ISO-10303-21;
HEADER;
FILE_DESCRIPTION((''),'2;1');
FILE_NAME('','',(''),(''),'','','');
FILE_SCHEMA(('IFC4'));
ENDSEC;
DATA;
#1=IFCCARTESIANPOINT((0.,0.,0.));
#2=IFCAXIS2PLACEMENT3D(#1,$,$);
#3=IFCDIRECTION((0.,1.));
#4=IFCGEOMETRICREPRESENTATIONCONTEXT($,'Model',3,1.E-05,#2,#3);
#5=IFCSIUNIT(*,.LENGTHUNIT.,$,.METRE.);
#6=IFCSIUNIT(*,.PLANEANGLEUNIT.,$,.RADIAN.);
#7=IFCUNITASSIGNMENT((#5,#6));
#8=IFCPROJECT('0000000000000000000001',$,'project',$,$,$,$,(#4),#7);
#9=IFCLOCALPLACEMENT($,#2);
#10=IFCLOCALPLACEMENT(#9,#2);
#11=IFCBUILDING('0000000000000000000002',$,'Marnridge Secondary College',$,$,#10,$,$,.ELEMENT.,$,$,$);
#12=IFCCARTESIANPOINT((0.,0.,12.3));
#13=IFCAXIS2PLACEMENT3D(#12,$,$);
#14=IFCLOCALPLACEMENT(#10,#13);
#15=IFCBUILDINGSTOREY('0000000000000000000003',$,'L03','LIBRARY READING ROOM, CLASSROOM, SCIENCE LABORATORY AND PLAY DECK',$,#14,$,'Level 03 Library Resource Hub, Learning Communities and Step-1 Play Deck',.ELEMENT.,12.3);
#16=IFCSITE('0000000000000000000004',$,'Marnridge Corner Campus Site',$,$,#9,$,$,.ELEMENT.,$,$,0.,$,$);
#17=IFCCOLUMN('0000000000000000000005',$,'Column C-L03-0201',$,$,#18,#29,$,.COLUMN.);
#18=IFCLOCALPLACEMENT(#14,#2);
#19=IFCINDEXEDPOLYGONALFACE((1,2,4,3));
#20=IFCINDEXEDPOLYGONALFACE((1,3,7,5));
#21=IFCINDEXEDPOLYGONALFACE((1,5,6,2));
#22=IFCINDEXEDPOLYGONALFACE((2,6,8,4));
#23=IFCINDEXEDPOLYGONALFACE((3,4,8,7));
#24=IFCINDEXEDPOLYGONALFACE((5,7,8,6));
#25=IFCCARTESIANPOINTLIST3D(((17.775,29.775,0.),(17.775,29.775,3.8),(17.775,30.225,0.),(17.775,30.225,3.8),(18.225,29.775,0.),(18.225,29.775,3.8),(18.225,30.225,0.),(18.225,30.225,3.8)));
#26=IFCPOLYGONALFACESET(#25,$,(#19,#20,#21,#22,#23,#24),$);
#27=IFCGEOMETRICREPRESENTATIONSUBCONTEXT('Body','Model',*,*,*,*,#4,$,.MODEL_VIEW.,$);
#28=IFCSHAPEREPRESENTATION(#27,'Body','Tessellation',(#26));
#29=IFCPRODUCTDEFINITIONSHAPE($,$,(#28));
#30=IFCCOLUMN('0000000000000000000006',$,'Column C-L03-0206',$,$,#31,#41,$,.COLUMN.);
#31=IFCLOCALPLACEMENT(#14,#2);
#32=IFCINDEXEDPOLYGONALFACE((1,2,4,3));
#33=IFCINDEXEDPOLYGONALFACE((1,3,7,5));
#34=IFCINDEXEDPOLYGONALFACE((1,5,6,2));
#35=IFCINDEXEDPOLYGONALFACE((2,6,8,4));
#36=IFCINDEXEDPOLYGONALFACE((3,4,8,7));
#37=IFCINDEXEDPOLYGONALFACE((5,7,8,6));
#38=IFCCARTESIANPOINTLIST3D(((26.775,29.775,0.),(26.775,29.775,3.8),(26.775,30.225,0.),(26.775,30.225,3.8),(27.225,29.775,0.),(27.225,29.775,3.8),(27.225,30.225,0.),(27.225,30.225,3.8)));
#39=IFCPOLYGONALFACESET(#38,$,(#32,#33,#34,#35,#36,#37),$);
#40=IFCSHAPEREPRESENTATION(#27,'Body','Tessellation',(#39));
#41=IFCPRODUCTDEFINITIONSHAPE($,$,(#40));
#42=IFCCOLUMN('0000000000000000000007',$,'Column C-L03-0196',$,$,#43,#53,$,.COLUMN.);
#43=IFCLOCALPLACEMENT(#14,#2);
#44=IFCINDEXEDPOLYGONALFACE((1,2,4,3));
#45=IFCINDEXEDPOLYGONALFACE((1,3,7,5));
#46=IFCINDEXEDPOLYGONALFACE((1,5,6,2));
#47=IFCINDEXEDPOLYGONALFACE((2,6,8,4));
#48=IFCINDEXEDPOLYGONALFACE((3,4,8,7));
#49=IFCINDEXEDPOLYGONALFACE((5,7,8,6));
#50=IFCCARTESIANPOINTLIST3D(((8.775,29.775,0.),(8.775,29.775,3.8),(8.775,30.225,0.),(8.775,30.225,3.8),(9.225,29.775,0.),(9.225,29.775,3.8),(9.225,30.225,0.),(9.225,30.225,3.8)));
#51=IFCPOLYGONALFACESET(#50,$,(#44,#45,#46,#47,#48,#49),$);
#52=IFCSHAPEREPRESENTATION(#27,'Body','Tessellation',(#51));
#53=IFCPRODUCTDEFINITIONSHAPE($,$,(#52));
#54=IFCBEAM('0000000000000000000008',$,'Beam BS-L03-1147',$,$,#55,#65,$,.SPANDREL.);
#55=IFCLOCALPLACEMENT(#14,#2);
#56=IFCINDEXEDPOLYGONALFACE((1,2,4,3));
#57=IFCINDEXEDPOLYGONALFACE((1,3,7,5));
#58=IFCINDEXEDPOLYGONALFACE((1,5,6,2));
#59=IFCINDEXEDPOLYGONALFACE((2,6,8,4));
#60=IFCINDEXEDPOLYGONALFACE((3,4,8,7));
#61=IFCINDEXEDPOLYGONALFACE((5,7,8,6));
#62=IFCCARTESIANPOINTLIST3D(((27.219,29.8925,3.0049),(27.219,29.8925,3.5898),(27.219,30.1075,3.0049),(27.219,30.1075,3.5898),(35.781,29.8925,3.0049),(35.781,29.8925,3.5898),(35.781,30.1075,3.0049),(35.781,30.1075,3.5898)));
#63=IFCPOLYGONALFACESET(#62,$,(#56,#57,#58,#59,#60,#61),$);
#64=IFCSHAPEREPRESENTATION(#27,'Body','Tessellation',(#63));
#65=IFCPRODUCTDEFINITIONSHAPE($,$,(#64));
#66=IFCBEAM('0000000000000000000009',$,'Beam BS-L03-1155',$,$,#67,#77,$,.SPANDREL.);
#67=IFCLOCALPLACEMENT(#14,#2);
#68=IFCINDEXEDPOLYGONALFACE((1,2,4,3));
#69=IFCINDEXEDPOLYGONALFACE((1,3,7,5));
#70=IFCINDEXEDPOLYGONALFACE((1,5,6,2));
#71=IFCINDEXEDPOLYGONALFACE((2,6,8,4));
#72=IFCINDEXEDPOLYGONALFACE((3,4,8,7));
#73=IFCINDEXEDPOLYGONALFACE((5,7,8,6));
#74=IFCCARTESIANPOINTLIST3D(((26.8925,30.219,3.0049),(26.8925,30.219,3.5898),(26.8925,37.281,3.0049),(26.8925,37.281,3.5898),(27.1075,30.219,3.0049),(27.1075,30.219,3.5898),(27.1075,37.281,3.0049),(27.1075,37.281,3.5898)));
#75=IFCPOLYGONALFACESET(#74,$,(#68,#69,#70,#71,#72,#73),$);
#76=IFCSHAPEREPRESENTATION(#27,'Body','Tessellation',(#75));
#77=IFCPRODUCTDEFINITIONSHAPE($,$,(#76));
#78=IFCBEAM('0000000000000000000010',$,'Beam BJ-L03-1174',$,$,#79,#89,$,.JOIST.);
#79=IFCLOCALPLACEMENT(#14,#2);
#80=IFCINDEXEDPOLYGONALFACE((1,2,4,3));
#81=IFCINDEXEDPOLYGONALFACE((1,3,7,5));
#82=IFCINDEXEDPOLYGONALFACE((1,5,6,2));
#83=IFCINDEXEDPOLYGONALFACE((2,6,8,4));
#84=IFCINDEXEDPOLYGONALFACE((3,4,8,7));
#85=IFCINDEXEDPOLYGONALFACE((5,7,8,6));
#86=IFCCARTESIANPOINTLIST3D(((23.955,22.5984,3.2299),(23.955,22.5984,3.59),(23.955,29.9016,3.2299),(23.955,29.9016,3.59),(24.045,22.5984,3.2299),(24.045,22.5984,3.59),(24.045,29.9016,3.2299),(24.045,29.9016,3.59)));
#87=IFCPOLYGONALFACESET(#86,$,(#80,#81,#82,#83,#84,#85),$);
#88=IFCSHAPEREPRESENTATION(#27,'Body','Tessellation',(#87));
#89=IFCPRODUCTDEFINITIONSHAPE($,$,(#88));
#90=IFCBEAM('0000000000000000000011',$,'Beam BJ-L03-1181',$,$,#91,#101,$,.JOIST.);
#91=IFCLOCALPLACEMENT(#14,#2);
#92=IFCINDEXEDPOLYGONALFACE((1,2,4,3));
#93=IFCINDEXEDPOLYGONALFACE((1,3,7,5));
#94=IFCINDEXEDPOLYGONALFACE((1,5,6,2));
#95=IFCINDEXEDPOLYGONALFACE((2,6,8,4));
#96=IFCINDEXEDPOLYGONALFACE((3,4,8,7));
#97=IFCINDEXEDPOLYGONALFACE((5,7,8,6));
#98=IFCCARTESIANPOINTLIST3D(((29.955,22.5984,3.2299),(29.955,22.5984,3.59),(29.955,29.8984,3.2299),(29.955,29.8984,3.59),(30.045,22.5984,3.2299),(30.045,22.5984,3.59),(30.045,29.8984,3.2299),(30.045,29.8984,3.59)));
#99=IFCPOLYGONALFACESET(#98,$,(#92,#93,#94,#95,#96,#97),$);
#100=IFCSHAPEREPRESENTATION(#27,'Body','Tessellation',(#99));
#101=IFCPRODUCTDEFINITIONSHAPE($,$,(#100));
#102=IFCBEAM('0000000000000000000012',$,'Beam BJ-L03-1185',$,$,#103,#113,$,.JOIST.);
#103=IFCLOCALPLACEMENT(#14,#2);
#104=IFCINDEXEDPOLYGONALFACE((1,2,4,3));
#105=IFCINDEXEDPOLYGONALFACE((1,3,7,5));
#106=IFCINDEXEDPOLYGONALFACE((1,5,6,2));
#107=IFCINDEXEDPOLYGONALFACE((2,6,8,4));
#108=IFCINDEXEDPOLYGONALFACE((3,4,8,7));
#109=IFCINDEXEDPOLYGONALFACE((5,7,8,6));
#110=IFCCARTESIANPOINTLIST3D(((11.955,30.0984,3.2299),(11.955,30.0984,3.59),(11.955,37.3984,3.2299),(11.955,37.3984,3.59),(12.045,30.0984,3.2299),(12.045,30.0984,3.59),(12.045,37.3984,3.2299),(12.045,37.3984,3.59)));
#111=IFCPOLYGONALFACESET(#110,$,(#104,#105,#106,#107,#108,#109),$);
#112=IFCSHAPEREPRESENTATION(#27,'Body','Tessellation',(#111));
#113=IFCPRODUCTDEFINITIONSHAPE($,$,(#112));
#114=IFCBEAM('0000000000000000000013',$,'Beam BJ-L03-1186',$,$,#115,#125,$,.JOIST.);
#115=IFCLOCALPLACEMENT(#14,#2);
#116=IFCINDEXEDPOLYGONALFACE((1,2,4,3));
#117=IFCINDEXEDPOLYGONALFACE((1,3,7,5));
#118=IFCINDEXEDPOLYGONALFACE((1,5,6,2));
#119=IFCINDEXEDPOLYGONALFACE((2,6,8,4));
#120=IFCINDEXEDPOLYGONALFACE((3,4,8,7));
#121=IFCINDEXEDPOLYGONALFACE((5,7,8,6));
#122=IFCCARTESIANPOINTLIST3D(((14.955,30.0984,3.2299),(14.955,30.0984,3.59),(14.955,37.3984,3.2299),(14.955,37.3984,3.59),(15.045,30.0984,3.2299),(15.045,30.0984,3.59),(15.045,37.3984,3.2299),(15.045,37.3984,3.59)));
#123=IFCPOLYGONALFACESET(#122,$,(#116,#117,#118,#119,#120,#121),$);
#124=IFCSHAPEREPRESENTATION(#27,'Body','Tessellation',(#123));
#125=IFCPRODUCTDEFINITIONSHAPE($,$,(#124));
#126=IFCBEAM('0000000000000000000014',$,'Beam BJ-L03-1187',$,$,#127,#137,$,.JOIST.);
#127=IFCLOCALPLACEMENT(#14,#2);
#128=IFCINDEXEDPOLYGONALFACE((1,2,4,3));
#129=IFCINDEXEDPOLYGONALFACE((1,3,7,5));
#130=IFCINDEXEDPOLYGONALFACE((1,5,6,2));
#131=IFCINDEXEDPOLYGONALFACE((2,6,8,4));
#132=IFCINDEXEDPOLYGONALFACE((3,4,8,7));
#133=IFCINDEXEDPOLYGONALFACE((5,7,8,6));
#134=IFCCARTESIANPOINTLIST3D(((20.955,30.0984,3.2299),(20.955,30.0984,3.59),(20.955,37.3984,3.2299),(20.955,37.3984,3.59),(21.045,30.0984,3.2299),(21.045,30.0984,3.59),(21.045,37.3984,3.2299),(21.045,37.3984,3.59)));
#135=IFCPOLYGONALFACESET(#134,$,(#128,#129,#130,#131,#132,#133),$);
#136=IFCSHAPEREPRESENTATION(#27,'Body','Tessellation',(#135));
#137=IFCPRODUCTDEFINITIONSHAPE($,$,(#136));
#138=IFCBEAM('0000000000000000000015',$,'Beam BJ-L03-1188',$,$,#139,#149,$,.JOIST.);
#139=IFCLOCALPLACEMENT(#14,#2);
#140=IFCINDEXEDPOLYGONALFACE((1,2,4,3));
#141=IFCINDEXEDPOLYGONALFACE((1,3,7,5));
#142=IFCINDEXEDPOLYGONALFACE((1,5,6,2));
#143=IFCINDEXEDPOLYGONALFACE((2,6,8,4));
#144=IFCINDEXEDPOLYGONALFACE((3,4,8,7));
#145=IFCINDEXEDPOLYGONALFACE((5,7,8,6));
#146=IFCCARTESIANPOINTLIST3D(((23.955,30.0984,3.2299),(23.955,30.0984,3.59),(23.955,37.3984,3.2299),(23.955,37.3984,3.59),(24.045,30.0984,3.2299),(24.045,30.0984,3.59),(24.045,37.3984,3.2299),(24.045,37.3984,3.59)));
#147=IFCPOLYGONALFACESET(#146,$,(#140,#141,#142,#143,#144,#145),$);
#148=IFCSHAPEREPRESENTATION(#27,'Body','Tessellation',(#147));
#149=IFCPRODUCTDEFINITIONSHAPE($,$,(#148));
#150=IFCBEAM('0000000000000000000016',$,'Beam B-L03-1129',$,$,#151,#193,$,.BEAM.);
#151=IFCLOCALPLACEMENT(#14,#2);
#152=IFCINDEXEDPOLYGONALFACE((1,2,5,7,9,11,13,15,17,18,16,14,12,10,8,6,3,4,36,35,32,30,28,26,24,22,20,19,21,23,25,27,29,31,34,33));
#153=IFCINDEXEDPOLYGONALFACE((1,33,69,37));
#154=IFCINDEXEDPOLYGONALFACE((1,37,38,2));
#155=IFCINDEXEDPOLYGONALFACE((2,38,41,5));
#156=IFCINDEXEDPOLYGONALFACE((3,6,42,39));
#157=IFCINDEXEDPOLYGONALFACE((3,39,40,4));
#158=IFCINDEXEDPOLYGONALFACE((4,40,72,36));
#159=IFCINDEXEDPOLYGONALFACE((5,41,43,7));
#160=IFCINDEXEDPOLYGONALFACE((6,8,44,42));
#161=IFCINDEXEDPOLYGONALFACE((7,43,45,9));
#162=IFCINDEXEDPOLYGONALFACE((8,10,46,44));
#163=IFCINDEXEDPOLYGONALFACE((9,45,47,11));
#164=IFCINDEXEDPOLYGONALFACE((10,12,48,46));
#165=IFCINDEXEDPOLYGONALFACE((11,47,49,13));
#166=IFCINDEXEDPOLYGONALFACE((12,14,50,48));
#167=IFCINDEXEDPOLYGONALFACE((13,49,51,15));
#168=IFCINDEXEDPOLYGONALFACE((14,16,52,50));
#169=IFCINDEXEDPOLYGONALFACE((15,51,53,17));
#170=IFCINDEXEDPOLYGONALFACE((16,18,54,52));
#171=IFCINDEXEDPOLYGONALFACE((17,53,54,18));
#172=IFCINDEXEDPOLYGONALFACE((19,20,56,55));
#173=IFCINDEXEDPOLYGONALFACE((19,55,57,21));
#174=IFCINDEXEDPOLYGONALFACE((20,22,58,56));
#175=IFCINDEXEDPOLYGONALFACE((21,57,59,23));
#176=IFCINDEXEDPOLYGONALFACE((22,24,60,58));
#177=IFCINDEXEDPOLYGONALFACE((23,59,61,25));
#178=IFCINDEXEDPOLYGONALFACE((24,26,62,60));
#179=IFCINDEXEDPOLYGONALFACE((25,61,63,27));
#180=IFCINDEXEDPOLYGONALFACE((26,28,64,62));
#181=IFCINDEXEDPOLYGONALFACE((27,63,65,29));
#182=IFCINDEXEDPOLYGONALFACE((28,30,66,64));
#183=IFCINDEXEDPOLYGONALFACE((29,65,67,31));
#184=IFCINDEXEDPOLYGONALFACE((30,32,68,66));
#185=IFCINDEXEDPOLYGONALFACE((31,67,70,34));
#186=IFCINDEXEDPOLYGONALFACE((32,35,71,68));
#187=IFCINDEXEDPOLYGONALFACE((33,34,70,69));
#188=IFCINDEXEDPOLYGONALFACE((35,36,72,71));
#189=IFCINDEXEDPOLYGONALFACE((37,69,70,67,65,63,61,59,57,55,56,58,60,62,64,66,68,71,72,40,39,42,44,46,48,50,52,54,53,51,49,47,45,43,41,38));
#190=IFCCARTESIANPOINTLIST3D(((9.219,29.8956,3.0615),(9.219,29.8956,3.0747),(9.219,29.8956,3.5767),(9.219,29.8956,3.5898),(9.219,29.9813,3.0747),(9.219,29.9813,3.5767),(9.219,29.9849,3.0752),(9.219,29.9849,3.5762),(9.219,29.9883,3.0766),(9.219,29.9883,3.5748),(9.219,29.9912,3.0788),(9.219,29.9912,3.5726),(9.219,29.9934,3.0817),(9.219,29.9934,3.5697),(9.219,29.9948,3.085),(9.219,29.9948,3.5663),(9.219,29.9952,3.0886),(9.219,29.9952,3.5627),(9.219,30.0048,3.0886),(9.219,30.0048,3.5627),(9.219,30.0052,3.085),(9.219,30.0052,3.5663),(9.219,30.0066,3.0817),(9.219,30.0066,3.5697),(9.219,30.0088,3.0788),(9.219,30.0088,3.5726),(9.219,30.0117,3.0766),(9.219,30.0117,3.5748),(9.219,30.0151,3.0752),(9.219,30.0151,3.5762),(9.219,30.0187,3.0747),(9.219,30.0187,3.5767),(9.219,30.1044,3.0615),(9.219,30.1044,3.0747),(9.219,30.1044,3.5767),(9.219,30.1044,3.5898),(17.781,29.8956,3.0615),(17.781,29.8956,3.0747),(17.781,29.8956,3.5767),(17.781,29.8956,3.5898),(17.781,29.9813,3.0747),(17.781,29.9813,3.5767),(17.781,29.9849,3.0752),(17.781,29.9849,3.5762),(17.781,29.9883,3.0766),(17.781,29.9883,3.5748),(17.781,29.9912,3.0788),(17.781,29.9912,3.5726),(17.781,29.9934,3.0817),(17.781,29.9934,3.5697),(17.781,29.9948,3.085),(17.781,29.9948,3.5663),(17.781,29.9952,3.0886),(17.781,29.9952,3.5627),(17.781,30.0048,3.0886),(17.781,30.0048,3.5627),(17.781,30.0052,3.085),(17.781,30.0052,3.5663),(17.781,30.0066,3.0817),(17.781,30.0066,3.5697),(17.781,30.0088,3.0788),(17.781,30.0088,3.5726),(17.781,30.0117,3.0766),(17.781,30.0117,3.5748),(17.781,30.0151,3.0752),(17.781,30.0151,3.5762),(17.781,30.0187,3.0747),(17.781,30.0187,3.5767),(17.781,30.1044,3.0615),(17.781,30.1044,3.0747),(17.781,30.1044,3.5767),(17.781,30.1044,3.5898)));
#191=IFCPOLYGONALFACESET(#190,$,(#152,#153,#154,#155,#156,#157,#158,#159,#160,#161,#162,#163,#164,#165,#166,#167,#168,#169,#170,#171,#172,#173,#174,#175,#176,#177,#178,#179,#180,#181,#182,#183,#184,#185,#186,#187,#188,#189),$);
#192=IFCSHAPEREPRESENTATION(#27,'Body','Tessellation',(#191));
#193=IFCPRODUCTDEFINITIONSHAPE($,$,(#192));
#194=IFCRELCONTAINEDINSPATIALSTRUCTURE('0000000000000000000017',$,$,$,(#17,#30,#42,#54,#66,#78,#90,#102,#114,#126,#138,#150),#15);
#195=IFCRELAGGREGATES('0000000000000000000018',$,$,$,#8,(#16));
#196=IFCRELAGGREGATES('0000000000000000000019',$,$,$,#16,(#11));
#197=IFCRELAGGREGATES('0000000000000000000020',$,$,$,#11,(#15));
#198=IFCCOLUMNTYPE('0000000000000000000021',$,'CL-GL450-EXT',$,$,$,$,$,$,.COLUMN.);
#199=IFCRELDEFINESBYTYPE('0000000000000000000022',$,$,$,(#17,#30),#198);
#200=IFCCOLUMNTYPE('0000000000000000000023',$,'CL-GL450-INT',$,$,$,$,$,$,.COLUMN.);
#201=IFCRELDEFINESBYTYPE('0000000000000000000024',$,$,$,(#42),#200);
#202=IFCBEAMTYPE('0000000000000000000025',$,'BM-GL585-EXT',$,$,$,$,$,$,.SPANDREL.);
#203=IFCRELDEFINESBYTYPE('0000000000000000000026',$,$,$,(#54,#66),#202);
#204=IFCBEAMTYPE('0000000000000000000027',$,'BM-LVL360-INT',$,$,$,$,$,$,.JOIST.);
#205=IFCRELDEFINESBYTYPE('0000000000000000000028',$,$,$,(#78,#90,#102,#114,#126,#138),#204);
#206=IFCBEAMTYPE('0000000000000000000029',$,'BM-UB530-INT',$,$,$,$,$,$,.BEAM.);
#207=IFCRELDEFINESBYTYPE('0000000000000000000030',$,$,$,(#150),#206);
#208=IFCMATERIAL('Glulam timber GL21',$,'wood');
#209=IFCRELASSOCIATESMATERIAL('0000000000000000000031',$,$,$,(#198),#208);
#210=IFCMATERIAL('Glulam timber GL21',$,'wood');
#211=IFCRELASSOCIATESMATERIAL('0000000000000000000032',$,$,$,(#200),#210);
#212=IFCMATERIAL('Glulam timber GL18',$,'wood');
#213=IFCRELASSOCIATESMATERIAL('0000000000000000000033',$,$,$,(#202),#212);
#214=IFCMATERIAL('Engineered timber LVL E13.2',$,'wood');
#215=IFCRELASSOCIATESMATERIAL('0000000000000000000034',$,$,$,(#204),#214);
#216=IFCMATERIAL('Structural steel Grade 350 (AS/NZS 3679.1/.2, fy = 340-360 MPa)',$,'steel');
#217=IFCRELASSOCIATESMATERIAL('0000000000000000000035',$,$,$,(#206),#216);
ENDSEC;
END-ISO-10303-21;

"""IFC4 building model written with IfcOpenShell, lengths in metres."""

from ifc_helpers import new_model, si_unit, direction, frame, origin, origin_2d, place, context, subcontext, project, spatial, rectangle, i_section, extrude, material, material_profile, profile_set, type_object, element, save


model = new_model("IFC4")

# Units and contexts
model_context = context("Model", 3, precision=1e-05, world=origin(), true_north=direction((0.0, 1.0)))
body_context = subcontext(model_context, "Body", "Model", "MODEL_VIEW")
ifc_project = project(units=[si_unit("LENGTHUNIT", "METRE"), si_unit("PLANEANGLEUNIT", "RADIAN")], contexts=[model_context])

# Site, building, storey
site_placement = place(None, origin())
site = spatial("IfcSite", under=ifc_project, at=site_placement, Name="Marnridge Corner Campus Site", CompositionType="ELEMENT", RefElevation=0.0)
building_placement = place(site_placement, origin())
building = spatial("IfcBuilding", under=site, at=building_placement, Name="Marnridge Secondary College", CompositionType="ELEMENT")
storey_placement = place(building_placement, frame((0.0, 0.0, 12.3)))
storey = spatial("IfcBuildingStorey", under=building, at=storey_placement, Name="L03", Description="LIBRARY READING ROOM, CLASSROOM, SCIENCE LABORATORY AND PLAY DECK", LongName="Level 03 Library Resource Hub, Learning Communities and Step-1 Play Deck", CompositionType="ELEMENT", Elevation=12.3)

# Columns
ifc_material_1 = material(Name="Glulam timber GL21", Category="wood")
ifc_material_profile_1 = material_profile(ifc_material_1, rectangle(XDim=0.45, YDim=0.45, at=origin_2d()), Name="GL21 450x450")
ifc_profile_set_1 = profile_set([ifc_material_profile_1], Name="Glulam timber GL21")
column_type_1 = type_object("IfcColumnType", Name="CL-GL450-EXT", PredefinedType="COLUMN", material=ifc_profile_set_1)
for number, where, z_axis, x_axis, name in (
    (1, (18.0, 30.0, 0.0), (0.0, 0.0, 1.0), (1.0, 0.0, 0.0), "Column C-L03-0201"),
    (2, (27.0, 30.0, 0.0), (0.0, 0.0, 1.0), (1.0, 0.0, 0.0), "Column C-L03-0206"),
):
    element("IfcColumn", number, at=place(storey_placement, frame(where, z_axis=z_axis, x_axis=x_axis)), inside=storey, type_object=column_type_1, Name=name, PredefinedType="COLUMN", context=body_context, shape_type="SweptSolid", body=[
        extrude(rectangle(XDim=0.45, YDim=0.45, at=origin_2d()), origin(), (0.0, 0.0, 1.0), 3.8),
    ])
ifc_material_2 = material(Name="Glulam timber GL21", Category="wood")
ifc_material_profile_2 = material_profile(ifc_material_2, rectangle(XDim=0.45, YDim=0.45, at=origin_2d()), Name="GL21 450x450")
ifc_profile_set_2 = profile_set([ifc_material_profile_2], Name="Glulam timber GL21")
column_type_2 = type_object("IfcColumnType", Name="CL-GL450-INT", PredefinedType="COLUMN", material=ifc_profile_set_2)
column_placement = place(storey_placement, frame((9.0, 30.0, 0.0), z_axis=(0.0, 0.0, 1.0), x_axis=(1.0, 0.0, 0.0)))
element("IfcColumn", 3, at=column_placement, inside=storey, type_object=column_type_2, Name="Column C-L03-0196", PredefinedType="COLUMN", context=body_context, shape_type="SweptSolid", body=[
    extrude(rectangle(XDim=0.45, YDim=0.45, at=origin_2d()), origin(), (0.0, 0.0, 1.0), 3.8),
])

# Beams
ifc_material_3 = material(Name="Glulam timber GL18", Category="wood")
ifc_material_profile_3 = material_profile(ifc_material_3, rectangle(XDim=0.2151, YDim=0.585, at=origin_2d()), Name="GL18 215x585")
ifc_profile_set_3 = profile_set([ifc_material_profile_3], Name="Glulam timber GL18")
beam_type_1 = type_object("IfcBeamType", Name="BM-GL585-EXT", PredefinedType="SPANDREL", material=ifc_profile_set_3)
beam_1_placement = place(storey_placement, frame((27.219, 30.0, 3.2974), z_axis=(1.0, 0.0, 0.0), x_axis=(0.0, 1.0, 0.0)))
element("IfcBeam", 4, at=beam_1_placement, inside=storey, type_object=beam_type_1, Name="Beam BS-L03-1147", PredefinedType="SPANDREL", context=body_context, shape_type="SweptSolid", body=[
    extrude(rectangle(XDim=0.2151, YDim=0.585, at=origin_2d()), origin(), (0.0, 0.0, 1.0), 8.562),
])
beam_2_placement = place(storey_placement, frame((27.0, 30.219, 3.2974), z_axis=(0.0, 1.0, 0.0), x_axis=(-1.0, 0.0, 0.0)))
element("IfcBeam", 5, at=beam_2_placement, inside=storey, type_object=beam_type_1, Name="Beam BS-L03-1155", PredefinedType="SPANDREL", context=body_context, shape_type="SweptSolid", body=[
    extrude(rectangle(XDim=0.2151, YDim=0.585, at=origin_2d()), origin(), (0.0, 0.0, 1.0), 7.062),
])
ifc_material_4 = material(Name="Engineered timber LVL E13.2", Category="wood")
ifc_material_profile_4 = material_profile(ifc_material_4, rectangle(XDim=0.0901, YDim=0.3601, at=origin_2d()), Name="LVL 90x360")
ifc_profile_set_4 = profile_set([ifc_material_profile_4], Name="Engineered timber LVL E13.2")
beam_type_2 = type_object("IfcBeamType", Name="BM-LVL360-INT", PredefinedType="JOIST", material=ifc_profile_set_4)
beam_3_placement = place(storey_placement, frame((24.0, 22.5984, 3.4099), z_axis=(0.0, 1.0, 0.0), x_axis=(-1.0, 0.0, 0.0)))
element("IfcBeam", 6, at=beam_3_placement, inside=storey, type_object=beam_type_2, Name="Beam BJ-L03-1174", PredefinedType="JOIST", context=body_context, shape_type="SweptSolid", body=[
    extrude(rectangle(XDim=0.0901, YDim=0.3601, at=origin_2d()), origin(), (0.0, 0.0, 1.0), 7.3032),
])
for number, where, z_axis, x_axis, name in (
    (7, (30.0, 22.5984, 3.4099), (0.0, 1.0, 0.0), (-1.0, 0.0, 0.0), "Beam BJ-L03-1181"),
    (8, (12.0, 30.0984, 3.4099), (0.0, 1.0, 0.0), (-1.0, 0.0, 0.0), "Beam BJ-L03-1185"),
    (9, (15.0, 30.0984, 3.4099), (0.0, 1.0, 0.0), (-1.0, 0.0, 0.0), "Beam BJ-L03-1186"),
    (10, (21.0, 30.0984, 3.4099), (0.0, 1.0, 0.0), (-1.0, 0.0, 0.0), "Beam BJ-L03-1187"),
    (11, (24.0, 30.0984, 3.4099), (0.0, 1.0, 0.0), (-1.0, 0.0, 0.0), "Beam BJ-L03-1188"),
):
    element("IfcBeam", number, at=place(storey_placement, frame(where, z_axis=z_axis, x_axis=x_axis)), inside=storey, type_object=beam_type_2, Name=name, PredefinedType="JOIST", context=body_context, shape_type="SweptSolid", body=[
        extrude(rectangle(XDim=0.0901, YDim=0.3601, at=origin_2d()), origin(), (0.0, 0.0, 1.0), 7.3),
    ])
ifc_material_5 = material(Name="Structural steel Grade 350 (AS/NZS 3679.1/.2, fy = 340-360 MPa)", Category="steel")
ifc_material_profile_5 = material_profile(ifc_material_5, i_section(OverallWidth=0.2087, OverallDepth=0.5283, WebThickness=0.0095, FlangeThickness=0.0132, FilletRadius=0.0139, at=origin_2d()), Name="530UB82.0")
ifc_profile_set_5 = profile_set([ifc_material_profile_5], Name="Structural steel Grade 350 (AS/NZS 3679.1/.2, fy = 340-360 MPa)")
beam_type_3 = type_object("IfcBeamType", Name="BM-UB530-INT", PredefinedType="BEAM", material=ifc_profile_set_5)
beam_4_placement = place(storey_placement, frame((9.219, 30.0, 3.3257), z_axis=(1.0, 0.0, 0.0), x_axis=(0.0, 1.0, 0.0)))
element("IfcBeam", 12, at=beam_4_placement, inside=storey, type_object=beam_type_3, Name="Beam B-L03-1129", PredefinedType="BEAM", context=body_context, shape_type="SweptSolid", body=[
    extrude(i_section(OverallWidth=0.2087, OverallDepth=0.5283, WebThickness=0.0095, FlangeThickness=0.0132, FilletRadius=0.0139, at=origin_2d()), origin(), (0.0, 0.0, 1.0), 8.562),
])

save(model, "model.ifc")
